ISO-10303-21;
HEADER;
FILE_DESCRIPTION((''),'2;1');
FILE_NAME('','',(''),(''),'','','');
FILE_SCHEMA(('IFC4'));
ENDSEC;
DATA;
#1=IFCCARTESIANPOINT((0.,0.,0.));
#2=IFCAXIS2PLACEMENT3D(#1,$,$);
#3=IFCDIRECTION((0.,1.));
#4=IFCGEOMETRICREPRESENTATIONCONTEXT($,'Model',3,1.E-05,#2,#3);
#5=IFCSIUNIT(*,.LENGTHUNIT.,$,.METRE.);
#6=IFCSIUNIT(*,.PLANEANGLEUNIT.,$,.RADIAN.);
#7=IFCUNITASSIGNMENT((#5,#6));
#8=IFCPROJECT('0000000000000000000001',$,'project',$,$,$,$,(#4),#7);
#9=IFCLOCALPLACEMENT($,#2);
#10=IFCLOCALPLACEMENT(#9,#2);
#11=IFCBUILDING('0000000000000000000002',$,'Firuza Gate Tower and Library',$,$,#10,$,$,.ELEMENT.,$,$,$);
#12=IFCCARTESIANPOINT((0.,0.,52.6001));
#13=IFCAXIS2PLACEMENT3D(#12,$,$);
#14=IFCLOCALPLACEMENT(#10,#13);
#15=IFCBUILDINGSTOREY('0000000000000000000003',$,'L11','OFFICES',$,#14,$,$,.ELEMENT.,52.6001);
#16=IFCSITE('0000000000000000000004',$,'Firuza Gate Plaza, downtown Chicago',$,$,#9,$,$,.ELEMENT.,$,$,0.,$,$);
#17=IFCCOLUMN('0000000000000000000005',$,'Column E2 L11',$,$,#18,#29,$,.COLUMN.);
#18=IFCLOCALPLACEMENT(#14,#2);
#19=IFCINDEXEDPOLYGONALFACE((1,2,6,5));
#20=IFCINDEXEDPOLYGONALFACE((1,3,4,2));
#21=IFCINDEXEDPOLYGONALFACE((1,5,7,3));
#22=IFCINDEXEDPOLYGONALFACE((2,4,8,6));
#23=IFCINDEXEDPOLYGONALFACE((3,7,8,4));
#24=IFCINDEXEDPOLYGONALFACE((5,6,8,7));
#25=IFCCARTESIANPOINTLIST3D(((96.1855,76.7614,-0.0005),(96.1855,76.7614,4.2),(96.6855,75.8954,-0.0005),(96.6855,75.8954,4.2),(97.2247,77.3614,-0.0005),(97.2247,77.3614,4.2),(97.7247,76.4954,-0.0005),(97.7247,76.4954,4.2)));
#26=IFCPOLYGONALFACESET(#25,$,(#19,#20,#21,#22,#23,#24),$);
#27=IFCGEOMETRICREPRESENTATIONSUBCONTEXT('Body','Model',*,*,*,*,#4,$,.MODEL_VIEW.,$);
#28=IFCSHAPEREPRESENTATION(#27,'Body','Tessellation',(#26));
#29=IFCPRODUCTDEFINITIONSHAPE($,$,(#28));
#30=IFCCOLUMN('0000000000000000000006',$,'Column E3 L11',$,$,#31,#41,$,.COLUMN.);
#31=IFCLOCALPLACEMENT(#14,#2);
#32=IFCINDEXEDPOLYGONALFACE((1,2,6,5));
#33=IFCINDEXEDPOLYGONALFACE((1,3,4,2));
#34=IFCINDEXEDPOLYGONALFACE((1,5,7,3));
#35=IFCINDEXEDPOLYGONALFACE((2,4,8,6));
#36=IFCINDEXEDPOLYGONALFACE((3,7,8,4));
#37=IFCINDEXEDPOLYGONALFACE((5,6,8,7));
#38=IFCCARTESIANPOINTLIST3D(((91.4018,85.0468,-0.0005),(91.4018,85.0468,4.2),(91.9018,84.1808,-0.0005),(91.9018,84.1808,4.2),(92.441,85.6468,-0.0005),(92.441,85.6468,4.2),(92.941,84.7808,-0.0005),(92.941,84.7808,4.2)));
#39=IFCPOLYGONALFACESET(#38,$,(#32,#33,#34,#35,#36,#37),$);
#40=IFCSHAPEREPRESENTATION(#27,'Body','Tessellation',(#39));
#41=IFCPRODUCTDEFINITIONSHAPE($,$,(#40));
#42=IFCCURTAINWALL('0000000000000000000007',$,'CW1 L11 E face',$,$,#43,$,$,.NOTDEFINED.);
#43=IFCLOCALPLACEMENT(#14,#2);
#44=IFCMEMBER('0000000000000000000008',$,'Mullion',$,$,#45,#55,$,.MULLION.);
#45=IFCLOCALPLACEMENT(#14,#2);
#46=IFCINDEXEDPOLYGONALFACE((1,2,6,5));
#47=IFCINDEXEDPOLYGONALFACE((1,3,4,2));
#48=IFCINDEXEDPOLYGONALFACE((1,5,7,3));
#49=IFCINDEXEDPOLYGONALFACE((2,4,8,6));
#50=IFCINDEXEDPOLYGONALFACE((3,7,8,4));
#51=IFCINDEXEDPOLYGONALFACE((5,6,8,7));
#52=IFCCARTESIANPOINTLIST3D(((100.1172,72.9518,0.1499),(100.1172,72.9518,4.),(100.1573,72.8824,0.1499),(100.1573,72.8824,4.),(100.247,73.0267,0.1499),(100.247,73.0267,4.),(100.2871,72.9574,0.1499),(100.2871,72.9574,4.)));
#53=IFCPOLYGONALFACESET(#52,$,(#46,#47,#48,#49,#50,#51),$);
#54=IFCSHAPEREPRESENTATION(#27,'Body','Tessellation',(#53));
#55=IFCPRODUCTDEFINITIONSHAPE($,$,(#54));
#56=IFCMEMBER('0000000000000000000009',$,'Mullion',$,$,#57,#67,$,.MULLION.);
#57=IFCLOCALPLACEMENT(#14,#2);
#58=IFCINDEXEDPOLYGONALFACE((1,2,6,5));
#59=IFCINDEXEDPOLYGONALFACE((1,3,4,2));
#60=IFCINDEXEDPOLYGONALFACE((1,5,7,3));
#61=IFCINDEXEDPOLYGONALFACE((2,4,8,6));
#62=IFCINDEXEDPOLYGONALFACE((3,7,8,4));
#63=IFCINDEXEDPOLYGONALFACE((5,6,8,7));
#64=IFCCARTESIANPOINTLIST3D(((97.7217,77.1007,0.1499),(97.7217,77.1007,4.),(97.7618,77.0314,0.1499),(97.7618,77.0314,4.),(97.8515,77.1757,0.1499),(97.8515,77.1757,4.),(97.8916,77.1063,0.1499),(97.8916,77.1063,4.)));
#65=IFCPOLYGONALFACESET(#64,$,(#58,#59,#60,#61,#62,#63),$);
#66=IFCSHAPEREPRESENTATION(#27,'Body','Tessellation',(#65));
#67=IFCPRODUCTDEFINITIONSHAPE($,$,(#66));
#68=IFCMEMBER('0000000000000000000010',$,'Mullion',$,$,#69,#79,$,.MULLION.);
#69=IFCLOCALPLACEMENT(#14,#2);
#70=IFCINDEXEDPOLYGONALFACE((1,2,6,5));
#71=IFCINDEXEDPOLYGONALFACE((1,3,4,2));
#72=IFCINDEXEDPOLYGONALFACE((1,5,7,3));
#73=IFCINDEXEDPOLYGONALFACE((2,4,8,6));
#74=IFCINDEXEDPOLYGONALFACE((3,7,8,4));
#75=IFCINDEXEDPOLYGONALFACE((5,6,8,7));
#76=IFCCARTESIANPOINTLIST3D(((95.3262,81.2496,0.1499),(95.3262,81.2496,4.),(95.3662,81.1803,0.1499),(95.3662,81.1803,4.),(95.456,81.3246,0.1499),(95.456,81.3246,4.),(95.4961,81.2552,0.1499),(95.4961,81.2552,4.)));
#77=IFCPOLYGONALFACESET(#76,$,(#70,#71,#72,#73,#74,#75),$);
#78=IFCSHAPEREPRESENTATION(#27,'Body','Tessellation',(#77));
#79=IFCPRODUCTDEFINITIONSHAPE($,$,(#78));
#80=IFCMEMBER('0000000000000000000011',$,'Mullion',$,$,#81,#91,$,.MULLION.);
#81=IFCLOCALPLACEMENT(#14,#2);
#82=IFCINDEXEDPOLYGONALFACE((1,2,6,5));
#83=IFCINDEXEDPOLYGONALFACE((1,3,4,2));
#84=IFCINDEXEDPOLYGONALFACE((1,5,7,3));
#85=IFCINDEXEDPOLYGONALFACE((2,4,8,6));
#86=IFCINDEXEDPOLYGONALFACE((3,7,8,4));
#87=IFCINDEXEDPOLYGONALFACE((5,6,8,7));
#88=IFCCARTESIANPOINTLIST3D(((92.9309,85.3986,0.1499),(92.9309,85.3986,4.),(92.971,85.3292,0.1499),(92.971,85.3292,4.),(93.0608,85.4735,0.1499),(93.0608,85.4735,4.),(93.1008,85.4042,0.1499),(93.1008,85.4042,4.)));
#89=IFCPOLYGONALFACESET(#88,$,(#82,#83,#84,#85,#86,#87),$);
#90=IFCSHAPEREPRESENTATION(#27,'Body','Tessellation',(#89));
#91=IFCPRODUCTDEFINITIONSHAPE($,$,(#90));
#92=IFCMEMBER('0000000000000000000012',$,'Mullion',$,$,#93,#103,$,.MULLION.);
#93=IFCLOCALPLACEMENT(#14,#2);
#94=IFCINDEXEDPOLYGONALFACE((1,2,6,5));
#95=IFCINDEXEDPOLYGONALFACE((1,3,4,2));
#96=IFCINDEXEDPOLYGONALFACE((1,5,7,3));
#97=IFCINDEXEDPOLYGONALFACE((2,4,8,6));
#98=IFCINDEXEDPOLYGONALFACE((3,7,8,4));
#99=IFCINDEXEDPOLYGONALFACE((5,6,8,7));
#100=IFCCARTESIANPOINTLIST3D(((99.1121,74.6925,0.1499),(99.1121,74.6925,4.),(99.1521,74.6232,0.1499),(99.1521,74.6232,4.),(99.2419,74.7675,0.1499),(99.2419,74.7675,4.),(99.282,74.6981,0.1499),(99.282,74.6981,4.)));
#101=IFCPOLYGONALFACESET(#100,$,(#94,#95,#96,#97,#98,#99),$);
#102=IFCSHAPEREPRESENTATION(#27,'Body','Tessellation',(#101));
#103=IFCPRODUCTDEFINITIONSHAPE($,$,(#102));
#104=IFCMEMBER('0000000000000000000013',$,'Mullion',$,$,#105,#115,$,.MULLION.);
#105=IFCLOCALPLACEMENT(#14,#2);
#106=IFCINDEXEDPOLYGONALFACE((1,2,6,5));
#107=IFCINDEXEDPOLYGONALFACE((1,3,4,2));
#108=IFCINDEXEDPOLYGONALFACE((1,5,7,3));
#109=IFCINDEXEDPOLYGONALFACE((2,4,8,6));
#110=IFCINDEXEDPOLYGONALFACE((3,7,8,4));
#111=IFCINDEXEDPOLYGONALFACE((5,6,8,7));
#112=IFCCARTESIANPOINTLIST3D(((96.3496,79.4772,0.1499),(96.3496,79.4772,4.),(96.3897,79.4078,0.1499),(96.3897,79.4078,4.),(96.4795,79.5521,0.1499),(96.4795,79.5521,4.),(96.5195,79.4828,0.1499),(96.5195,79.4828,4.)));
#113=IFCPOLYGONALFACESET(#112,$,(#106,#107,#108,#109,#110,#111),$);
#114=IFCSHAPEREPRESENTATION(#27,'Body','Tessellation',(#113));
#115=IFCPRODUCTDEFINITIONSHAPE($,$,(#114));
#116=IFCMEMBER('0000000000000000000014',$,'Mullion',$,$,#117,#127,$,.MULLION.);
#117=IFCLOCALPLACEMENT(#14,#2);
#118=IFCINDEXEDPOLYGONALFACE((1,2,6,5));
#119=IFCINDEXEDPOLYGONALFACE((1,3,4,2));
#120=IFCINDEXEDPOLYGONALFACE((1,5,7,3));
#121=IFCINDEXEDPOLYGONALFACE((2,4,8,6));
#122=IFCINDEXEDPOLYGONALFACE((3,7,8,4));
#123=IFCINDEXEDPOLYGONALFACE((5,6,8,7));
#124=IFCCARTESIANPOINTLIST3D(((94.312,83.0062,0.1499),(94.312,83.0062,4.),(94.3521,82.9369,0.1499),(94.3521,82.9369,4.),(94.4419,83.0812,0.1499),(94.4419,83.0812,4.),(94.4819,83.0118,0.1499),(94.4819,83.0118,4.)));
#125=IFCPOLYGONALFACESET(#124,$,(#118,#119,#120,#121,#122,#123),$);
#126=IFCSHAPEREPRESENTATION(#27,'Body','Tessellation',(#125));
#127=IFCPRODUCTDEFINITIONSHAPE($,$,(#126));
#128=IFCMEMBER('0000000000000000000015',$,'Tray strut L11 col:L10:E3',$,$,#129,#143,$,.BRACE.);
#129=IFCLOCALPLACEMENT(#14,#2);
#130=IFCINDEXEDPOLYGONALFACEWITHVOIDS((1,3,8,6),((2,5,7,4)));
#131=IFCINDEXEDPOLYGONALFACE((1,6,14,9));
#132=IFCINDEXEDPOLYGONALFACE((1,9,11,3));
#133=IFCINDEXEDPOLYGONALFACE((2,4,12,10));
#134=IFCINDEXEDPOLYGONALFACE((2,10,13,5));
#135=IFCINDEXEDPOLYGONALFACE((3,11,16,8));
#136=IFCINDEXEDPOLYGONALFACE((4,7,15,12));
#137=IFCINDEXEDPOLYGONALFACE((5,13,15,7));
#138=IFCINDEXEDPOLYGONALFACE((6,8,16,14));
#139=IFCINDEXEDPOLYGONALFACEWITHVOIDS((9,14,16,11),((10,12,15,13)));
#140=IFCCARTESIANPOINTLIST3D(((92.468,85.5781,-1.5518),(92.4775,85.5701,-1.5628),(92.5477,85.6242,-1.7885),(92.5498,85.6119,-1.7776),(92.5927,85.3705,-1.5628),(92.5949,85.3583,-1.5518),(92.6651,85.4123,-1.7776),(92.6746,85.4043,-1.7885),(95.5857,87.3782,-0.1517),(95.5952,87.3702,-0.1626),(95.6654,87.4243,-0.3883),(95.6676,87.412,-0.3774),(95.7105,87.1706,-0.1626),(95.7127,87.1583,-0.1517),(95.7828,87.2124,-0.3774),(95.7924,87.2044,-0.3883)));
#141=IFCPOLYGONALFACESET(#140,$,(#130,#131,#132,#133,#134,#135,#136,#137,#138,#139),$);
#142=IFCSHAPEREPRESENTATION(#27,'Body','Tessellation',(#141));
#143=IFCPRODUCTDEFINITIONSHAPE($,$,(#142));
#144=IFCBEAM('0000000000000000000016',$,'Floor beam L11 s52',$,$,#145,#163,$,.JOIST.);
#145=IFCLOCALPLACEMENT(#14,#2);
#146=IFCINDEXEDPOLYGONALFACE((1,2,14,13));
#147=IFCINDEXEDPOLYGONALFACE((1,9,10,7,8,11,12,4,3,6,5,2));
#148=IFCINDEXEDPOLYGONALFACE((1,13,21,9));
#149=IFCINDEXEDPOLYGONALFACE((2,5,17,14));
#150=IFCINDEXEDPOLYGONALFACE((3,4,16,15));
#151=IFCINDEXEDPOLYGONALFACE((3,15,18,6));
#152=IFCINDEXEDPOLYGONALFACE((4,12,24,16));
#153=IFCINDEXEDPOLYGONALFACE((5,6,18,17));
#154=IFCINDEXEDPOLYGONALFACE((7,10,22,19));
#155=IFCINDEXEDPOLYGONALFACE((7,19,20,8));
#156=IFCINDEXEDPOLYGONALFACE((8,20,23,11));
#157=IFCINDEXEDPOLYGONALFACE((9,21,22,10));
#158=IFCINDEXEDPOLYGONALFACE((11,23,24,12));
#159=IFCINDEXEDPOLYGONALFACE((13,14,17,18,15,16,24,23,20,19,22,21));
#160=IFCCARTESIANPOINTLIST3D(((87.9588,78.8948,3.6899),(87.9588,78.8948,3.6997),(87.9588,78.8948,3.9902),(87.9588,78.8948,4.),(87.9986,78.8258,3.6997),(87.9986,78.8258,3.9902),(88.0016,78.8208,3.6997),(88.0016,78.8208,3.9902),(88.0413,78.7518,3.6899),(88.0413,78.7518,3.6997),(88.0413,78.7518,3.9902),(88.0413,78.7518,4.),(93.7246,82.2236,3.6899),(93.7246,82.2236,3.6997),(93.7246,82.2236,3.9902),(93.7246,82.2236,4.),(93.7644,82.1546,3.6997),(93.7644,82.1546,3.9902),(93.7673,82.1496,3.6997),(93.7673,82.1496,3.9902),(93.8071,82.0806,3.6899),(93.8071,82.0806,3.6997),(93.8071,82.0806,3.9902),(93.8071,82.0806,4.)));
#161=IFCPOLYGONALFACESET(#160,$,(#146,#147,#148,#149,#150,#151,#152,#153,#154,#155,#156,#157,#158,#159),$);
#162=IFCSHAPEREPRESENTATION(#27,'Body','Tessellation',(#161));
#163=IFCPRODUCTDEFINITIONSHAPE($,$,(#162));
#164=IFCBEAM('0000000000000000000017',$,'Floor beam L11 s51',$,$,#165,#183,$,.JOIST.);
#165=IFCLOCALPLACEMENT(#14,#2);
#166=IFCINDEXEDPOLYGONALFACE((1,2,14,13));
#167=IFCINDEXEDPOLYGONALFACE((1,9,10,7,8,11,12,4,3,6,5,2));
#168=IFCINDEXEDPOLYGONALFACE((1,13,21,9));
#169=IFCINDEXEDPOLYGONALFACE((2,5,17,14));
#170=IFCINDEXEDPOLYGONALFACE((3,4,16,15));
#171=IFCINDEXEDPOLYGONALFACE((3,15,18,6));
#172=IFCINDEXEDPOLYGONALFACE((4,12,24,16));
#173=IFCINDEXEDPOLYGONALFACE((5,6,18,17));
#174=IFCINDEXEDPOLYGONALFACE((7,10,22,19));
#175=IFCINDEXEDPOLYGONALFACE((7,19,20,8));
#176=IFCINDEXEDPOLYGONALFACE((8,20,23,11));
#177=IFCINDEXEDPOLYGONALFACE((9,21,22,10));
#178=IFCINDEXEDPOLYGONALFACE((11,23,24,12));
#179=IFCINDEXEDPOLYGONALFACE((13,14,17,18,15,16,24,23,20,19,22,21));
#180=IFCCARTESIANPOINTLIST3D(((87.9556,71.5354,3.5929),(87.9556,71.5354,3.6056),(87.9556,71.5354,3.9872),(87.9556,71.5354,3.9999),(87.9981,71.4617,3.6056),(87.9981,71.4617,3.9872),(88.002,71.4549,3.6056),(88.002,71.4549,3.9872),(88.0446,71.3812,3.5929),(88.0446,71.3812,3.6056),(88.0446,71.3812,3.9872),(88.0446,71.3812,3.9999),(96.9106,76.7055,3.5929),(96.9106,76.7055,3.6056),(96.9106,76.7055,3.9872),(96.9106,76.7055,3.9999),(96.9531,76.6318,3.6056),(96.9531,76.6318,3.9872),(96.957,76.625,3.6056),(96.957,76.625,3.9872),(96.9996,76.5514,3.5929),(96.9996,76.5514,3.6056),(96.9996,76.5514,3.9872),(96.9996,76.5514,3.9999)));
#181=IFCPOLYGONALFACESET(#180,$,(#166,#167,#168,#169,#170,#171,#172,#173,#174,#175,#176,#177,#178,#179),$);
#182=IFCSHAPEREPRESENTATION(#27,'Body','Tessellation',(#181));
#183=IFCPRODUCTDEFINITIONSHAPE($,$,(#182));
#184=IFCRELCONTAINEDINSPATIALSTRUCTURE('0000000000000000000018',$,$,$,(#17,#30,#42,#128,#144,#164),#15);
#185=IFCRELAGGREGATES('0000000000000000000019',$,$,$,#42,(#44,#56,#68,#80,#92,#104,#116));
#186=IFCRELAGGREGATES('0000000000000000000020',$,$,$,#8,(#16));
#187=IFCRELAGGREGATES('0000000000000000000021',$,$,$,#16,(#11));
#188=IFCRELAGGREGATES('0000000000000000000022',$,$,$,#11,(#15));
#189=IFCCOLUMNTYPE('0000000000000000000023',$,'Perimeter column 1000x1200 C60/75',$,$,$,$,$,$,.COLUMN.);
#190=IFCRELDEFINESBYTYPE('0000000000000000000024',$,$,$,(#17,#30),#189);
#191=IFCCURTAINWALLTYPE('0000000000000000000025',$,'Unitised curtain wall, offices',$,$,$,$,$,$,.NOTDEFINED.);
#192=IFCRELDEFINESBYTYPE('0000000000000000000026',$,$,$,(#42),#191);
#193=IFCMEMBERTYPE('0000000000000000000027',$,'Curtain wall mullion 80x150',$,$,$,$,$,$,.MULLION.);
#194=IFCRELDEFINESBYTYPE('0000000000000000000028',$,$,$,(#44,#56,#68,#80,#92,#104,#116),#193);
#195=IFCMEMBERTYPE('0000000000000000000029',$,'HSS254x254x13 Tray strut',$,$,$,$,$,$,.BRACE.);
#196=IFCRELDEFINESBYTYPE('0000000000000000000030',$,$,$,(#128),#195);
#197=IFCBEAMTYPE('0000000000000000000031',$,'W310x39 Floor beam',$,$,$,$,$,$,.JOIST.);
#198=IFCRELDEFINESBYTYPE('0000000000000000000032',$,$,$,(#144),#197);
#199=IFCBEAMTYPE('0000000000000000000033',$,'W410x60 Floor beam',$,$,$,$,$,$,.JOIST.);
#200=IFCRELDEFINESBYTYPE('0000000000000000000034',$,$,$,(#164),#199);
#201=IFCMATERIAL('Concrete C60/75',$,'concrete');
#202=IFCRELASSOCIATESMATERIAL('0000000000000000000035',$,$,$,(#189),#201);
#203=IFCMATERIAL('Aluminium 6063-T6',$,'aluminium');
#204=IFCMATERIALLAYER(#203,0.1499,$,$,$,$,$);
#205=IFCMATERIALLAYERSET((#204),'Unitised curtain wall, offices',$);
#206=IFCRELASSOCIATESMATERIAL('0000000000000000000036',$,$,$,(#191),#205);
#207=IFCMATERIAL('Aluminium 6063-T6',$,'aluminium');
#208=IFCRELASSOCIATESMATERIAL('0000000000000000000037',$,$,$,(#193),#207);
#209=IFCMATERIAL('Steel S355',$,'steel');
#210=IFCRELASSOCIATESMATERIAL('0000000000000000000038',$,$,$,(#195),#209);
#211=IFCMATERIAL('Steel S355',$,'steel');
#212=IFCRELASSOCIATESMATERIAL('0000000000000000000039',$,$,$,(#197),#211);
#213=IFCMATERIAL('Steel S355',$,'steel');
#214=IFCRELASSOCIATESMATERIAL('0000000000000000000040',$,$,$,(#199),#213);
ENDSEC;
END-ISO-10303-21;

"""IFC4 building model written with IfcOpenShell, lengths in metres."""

from ifc_helpers import new_model, si_unit, direction, frame, origin, origin_2d, place, context, subcontext, project, spatial, rectangle, hollow_rectangle, i_section, extrude, material, layer, layer_set, material_profile, profile_set, type_object, element, aggregate, save


model = new_model("IFC4")

# Units and contexts
model_context = context("Model", 3, precision=1e-05, world=origin(), true_north=direction((0.0, 1.0)))
body_context = subcontext(model_context, "Body", "Model", "MODEL_VIEW")
ifc_project = project(units=[si_unit("LENGTHUNIT", "METRE"), si_unit("PLANEANGLEUNIT", "RADIAN")], contexts=[model_context])

# Site, building, storey
site_placement = place(None, origin())
site = spatial("IfcSite", under=ifc_project, at=site_placement, Name="Firuza Gate Plaza, downtown Chicago", CompositionType="ELEMENT", RefElevation=0.0)
building_placement = place(site_placement, origin())
building = spatial("IfcBuilding", under=site, at=building_placement, Name="Firuza Gate Tower and Library", CompositionType="ELEMENT")
storey_placement = place(building_placement, frame((0.0, 0.0, 52.6001)))
storey = spatial("IfcBuildingStorey", under=building, at=storey_placement, Name="L11", Description="OFFICES", CompositionType="ELEMENT", Elevation=52.6001)

# Columns
ifc_material_1 = material(Name="Concrete C60/75", Category="concrete")
ifc_material_profile_1 = material_profile(ifc_material_1, rectangle(XDim=1.0, YDim=1.2, at=origin_2d()))
ifc_profile_set_1 = profile_set([ifc_material_profile_1], Name="Concrete C60/75")
column_type = type_object("IfcColumnType", Name="Perimeter column 1000x1200 C60/75", PredefinedType="COLUMN", material=ifc_profile_set_1)
for number, where, z_axis, x_axis, name in (
    (1, (96.9551, 76.6284, -0.0005), (0.0, 0.0, 1.0), (-0.5, 0.866025, 0.0), "Column E2 L11"),
    (2, (92.1714, 84.9138, -0.0005), (0.0, 0.0, 1.0), (-0.5, 0.866025, 0.0), "Column E3 L11"),
):
    element("IfcColumn", number, at=place(storey_placement, frame(where, z_axis=z_axis, x_axis=x_axis)), inside=storey, type_object=column_type, Name=name, PredefinedType="COLUMN", context=body_context, shape_type="SweptSolid", body=[
        extrude(rectangle(XDim=1.0, YDim=1.2, at=origin_2d()), origin(), (0.0, 0.0, 1.0), 4.2004),
    ])

# Curtain wall, members
ifc_material_2 = material(Name="Aluminium 6063-T6", Category="aluminium")
ifc_layer_1 = layer(ifc_material_2, 0.1499)
ifc_layer_set_1 = layer_set([ifc_layer_1], Name="Unitised curtain wall, offices")
curtain_wall_type = type_object("IfcCurtainWallType", Name="Unitised curtain wall, offices", PredefinedType="NOTDEFINED", material=ifc_layer_set_1)
curtain_wall_placement = place(storey_placement, origin())
curtain_wall = element("IfcCurtainWall", 3, at=curtain_wall_placement, inside=storey, type_object=curtain_wall_type, Name="CW1 L11 E face", PredefinedType="NOTDEFINED")
ifc_material_3 = material(Name="Aluminium 6063-T6", Category="aluminium")
ifc_material_profile_2 = material_profile(ifc_material_3, rectangle(XDim=0.1499, YDim=0.0801, at=origin_2d()))
ifc_profile_set_2 = profile_set([ifc_material_profile_2], Name="Aluminium 6063-T6")
member_type_1 = type_object("IfcMemberType", Name="Curtain wall mullion 80x150", PredefinedType="MULLION", material=ifc_profile_set_2)
member_1_placement = place(storey_placement, frame((100.2021, 72.9546, 0.1499), z_axis=(0.0, 0.0, 1.0), x_axis=(-0.866025, -0.5, 0.0)))
member_1 = element("IfcMember", 4, at=member_1_placement, type_object=member_type_1, Name="Mullion", PredefinedType="MULLION", context=body_context, shape_type="SweptSolid", body=[
    extrude(rectangle(XDim=0.1499, YDim=0.0801, at=origin_2d()), origin(), (0.0, 0.0, 1.0), 3.8501),
])
member_2_placement = place(storey_placement, frame((97.8066, 77.1035, 0.1499), z_axis=(0.0, 0.0, 1.0), x_axis=(-0.866025, -0.5, 0.0)))
member_2 = element("IfcMember", 5, at=member_2_placement, type_object=member_type_1, Name="Mullion", PredefinedType="MULLION", context=body_context, shape_type="SweptSolid", body=[
    extrude(rectangle(XDim=0.1499, YDim=0.0801, at=origin_2d()), origin(), (0.0, 0.0, 1.0), 3.8501),
])
member_3_placement = place(storey_placement, frame((95.4111, 81.2524, 0.1499), z_axis=(0.0, 0.0, 1.0), x_axis=(-0.866025, -0.5, 0.0)))
member_3 = element("IfcMember", 6, at=member_3_placement, type_object=member_type_1, Name="Mullion", PredefinedType="MULLION", context=body_context, shape_type="SweptSolid", body=[
    extrude(rectangle(XDim=0.1499, YDim=0.0801, at=origin_2d()), origin(), (0.0, 0.0, 1.0), 3.8501),
])
member_4_placement = place(storey_placement, frame((93.0159, 85.4014, 0.1499), z_axis=(0.0, 0.0, 1.0), x_axis=(-0.866025, -0.5, 0.0)))
member_4 = element("IfcMember", 7, at=member_4_placement, type_object=member_type_1, Name="Mullion", PredefinedType="MULLION", context=body_context, shape_type="SweptSolid", body=[
    extrude(rectangle(XDim=0.1499, YDim=0.0801, at=origin_2d()), origin(), (0.0, 0.0, 1.0), 3.8501),
])
member_5_placement = place(storey_placement, frame((99.197, 74.6953, 0.1499), z_axis=(0.0, 0.0, 1.0), x_axis=(-0.866025, -0.5, 0.0)))
member_5 = element("IfcMember", 8, at=member_5_placement, type_object=member_type_1, Name="Mullion", PredefinedType="MULLION", context=body_context, shape_type="SweptSolid", body=[
    extrude(rectangle(XDim=0.1499, YDim=0.0801, at=origin_2d()), origin(), (0.0, 0.0, 1.0), 3.8501),
])
member_6_placement = place(storey_placement, frame((96.4346, 79.48, 0.1499), z_axis=(0.0, 0.0, 1.0), x_axis=(-0.866025, -0.5, 0.0)))
member_6 = element("IfcMember", 9, at=member_6_placement, type_object=member_type_1, Name="Mullion", PredefinedType="MULLION", context=body_context, shape_type="SweptSolid", body=[
    extrude(rectangle(XDim=0.1499, YDim=0.0801, at=origin_2d()), origin(), (0.0, 0.0, 1.0), 3.8501),
])
member_7_placement = place(storey_placement, frame((94.397, 83.009, 0.1499), z_axis=(0.0, 0.0, 1.0), x_axis=(-0.866025, -0.5, 0.0)))
member_7 = element("IfcMember", 10, at=member_7_placement, type_object=member_type_1, Name="Mullion", PredefinedType="MULLION", context=body_context, shape_type="SweptSolid", body=[
    extrude(rectangle(XDim=0.1499, YDim=0.0801, at=origin_2d()), origin(), (0.0, 0.0, 1.0), 3.8501),
])

# Member
ifc_material_4 = material(Name="Steel S355", Category="steel")
ifc_material_profile_3 = material_profile(ifc_material_4, hollow_rectangle(XDim=0.2539, YDim=0.2539, WallThickness=0.0117, at=origin_2d()))
ifc_profile_set_3 = profile_set([ifc_material_profile_3], Name="Steel S355")
member_type_2 = type_object("IfcMemberType", Name="HSS254x254x13 Tray strut", PredefinedType="BRACE", material=ifc_profile_set_3)
member_8_placement = place(storey_placement, frame((92.5713, 85.4912, -1.6702), z_axis=(0.807122, 0.466007, 0.362478), x_axis=(-0.500012, 0.866018, 0.0)))
element("IfcMember", 11, at=member_8_placement, inside=storey, type_object=member_type_2, Name="Tray strut L11 col:L10:E3", PredefinedType="BRACE", context=body_context, shape_type="SweptSolid", body=[
    extrude(hollow_rectangle(XDim=0.2539, YDim=0.2539, WallThickness=0.0117, at=origin_2d()), origin(), (0.0, 0.0, 1.0), 3.8628),
])

# Beams
ifc_material_5 = material(Name="Steel S355", Category="steel")
ifc_material_profile_4 = material_profile(ifc_material_5, i_section(OverallWidth=0.165, OverallDepth=0.3101, WebThickness=0.0059, FlangeThickness=0.0098, at=origin_2d()))
ifc_profile_set_4 = profile_set([ifc_material_profile_4], Name="Steel S355")
beam_type_1 = type_object("IfcBeamType", Name="W310x39 Floor beam", PredefinedType="JOIST", material=ifc_profile_set_4)
beam_1_placement = place(storey_placement, frame((93.7659, 82.1521, 3.845), z_axis=(-0.86603, -0.499992, 0.0), x_axis=(0.499992, -0.86603, 0.0)))
element("IfcBeam", 12, at=beam_1_placement, inside=storey, type_object=beam_type_1, Name="Floor beam L11 s52", PredefinedType="JOIST", context=body_context, shape_type="SweptSolid", body=[
    extrude(i_section(OverallWidth=0.165, OverallDepth=0.3101, WebThickness=0.0059, FlangeThickness=0.0098, at=origin_2d()), origin(), (0.0, 0.0, 1.0), 6.6577),
])
ifc_material_6 = material(Name="Steel S355", Category="steel")
ifc_material_profile_5 = material_profile(ifc_material_6, i_section(OverallWidth=0.178, OverallDepth=0.407, WebThickness=0.0078, FlangeThickness=0.0127, at=origin_2d()))
ifc_profile_set_5 = profile_set([ifc_material_profile_5], Name="Steel S355")
beam_type_2 = type_object("IfcBeamType", Name="W410x60 Floor beam", PredefinedType="JOIST", material=ifc_profile_set_5)
beam_2_placement = place(storey_placement, frame((96.9551, 76.6284, 3.7964), z_axis=(-0.866028, -0.499996, 0.0), x_axis=(0.499996, -0.866028, 0.0)))
element("IfcBeam", 13, at=beam_2_placement, inside=storey, type_object=beam_type_2, Name="Floor beam L11 s51", PredefinedType="JOIST", context=body_context, shape_type="SweptSolid", body=[
    extrude(i_section(OverallWidth=0.178, OverallDepth=0.407, WebThickness=0.0078, FlangeThickness=0.0127, at=origin_2d()), origin(), (0.0, 0.0, 1.0), 10.3403),
])

aggregate(curtain_wall, [member_1, member_2, member_3, member_4, member_5, member_6, member_7])

save(model, "model.ifc")
